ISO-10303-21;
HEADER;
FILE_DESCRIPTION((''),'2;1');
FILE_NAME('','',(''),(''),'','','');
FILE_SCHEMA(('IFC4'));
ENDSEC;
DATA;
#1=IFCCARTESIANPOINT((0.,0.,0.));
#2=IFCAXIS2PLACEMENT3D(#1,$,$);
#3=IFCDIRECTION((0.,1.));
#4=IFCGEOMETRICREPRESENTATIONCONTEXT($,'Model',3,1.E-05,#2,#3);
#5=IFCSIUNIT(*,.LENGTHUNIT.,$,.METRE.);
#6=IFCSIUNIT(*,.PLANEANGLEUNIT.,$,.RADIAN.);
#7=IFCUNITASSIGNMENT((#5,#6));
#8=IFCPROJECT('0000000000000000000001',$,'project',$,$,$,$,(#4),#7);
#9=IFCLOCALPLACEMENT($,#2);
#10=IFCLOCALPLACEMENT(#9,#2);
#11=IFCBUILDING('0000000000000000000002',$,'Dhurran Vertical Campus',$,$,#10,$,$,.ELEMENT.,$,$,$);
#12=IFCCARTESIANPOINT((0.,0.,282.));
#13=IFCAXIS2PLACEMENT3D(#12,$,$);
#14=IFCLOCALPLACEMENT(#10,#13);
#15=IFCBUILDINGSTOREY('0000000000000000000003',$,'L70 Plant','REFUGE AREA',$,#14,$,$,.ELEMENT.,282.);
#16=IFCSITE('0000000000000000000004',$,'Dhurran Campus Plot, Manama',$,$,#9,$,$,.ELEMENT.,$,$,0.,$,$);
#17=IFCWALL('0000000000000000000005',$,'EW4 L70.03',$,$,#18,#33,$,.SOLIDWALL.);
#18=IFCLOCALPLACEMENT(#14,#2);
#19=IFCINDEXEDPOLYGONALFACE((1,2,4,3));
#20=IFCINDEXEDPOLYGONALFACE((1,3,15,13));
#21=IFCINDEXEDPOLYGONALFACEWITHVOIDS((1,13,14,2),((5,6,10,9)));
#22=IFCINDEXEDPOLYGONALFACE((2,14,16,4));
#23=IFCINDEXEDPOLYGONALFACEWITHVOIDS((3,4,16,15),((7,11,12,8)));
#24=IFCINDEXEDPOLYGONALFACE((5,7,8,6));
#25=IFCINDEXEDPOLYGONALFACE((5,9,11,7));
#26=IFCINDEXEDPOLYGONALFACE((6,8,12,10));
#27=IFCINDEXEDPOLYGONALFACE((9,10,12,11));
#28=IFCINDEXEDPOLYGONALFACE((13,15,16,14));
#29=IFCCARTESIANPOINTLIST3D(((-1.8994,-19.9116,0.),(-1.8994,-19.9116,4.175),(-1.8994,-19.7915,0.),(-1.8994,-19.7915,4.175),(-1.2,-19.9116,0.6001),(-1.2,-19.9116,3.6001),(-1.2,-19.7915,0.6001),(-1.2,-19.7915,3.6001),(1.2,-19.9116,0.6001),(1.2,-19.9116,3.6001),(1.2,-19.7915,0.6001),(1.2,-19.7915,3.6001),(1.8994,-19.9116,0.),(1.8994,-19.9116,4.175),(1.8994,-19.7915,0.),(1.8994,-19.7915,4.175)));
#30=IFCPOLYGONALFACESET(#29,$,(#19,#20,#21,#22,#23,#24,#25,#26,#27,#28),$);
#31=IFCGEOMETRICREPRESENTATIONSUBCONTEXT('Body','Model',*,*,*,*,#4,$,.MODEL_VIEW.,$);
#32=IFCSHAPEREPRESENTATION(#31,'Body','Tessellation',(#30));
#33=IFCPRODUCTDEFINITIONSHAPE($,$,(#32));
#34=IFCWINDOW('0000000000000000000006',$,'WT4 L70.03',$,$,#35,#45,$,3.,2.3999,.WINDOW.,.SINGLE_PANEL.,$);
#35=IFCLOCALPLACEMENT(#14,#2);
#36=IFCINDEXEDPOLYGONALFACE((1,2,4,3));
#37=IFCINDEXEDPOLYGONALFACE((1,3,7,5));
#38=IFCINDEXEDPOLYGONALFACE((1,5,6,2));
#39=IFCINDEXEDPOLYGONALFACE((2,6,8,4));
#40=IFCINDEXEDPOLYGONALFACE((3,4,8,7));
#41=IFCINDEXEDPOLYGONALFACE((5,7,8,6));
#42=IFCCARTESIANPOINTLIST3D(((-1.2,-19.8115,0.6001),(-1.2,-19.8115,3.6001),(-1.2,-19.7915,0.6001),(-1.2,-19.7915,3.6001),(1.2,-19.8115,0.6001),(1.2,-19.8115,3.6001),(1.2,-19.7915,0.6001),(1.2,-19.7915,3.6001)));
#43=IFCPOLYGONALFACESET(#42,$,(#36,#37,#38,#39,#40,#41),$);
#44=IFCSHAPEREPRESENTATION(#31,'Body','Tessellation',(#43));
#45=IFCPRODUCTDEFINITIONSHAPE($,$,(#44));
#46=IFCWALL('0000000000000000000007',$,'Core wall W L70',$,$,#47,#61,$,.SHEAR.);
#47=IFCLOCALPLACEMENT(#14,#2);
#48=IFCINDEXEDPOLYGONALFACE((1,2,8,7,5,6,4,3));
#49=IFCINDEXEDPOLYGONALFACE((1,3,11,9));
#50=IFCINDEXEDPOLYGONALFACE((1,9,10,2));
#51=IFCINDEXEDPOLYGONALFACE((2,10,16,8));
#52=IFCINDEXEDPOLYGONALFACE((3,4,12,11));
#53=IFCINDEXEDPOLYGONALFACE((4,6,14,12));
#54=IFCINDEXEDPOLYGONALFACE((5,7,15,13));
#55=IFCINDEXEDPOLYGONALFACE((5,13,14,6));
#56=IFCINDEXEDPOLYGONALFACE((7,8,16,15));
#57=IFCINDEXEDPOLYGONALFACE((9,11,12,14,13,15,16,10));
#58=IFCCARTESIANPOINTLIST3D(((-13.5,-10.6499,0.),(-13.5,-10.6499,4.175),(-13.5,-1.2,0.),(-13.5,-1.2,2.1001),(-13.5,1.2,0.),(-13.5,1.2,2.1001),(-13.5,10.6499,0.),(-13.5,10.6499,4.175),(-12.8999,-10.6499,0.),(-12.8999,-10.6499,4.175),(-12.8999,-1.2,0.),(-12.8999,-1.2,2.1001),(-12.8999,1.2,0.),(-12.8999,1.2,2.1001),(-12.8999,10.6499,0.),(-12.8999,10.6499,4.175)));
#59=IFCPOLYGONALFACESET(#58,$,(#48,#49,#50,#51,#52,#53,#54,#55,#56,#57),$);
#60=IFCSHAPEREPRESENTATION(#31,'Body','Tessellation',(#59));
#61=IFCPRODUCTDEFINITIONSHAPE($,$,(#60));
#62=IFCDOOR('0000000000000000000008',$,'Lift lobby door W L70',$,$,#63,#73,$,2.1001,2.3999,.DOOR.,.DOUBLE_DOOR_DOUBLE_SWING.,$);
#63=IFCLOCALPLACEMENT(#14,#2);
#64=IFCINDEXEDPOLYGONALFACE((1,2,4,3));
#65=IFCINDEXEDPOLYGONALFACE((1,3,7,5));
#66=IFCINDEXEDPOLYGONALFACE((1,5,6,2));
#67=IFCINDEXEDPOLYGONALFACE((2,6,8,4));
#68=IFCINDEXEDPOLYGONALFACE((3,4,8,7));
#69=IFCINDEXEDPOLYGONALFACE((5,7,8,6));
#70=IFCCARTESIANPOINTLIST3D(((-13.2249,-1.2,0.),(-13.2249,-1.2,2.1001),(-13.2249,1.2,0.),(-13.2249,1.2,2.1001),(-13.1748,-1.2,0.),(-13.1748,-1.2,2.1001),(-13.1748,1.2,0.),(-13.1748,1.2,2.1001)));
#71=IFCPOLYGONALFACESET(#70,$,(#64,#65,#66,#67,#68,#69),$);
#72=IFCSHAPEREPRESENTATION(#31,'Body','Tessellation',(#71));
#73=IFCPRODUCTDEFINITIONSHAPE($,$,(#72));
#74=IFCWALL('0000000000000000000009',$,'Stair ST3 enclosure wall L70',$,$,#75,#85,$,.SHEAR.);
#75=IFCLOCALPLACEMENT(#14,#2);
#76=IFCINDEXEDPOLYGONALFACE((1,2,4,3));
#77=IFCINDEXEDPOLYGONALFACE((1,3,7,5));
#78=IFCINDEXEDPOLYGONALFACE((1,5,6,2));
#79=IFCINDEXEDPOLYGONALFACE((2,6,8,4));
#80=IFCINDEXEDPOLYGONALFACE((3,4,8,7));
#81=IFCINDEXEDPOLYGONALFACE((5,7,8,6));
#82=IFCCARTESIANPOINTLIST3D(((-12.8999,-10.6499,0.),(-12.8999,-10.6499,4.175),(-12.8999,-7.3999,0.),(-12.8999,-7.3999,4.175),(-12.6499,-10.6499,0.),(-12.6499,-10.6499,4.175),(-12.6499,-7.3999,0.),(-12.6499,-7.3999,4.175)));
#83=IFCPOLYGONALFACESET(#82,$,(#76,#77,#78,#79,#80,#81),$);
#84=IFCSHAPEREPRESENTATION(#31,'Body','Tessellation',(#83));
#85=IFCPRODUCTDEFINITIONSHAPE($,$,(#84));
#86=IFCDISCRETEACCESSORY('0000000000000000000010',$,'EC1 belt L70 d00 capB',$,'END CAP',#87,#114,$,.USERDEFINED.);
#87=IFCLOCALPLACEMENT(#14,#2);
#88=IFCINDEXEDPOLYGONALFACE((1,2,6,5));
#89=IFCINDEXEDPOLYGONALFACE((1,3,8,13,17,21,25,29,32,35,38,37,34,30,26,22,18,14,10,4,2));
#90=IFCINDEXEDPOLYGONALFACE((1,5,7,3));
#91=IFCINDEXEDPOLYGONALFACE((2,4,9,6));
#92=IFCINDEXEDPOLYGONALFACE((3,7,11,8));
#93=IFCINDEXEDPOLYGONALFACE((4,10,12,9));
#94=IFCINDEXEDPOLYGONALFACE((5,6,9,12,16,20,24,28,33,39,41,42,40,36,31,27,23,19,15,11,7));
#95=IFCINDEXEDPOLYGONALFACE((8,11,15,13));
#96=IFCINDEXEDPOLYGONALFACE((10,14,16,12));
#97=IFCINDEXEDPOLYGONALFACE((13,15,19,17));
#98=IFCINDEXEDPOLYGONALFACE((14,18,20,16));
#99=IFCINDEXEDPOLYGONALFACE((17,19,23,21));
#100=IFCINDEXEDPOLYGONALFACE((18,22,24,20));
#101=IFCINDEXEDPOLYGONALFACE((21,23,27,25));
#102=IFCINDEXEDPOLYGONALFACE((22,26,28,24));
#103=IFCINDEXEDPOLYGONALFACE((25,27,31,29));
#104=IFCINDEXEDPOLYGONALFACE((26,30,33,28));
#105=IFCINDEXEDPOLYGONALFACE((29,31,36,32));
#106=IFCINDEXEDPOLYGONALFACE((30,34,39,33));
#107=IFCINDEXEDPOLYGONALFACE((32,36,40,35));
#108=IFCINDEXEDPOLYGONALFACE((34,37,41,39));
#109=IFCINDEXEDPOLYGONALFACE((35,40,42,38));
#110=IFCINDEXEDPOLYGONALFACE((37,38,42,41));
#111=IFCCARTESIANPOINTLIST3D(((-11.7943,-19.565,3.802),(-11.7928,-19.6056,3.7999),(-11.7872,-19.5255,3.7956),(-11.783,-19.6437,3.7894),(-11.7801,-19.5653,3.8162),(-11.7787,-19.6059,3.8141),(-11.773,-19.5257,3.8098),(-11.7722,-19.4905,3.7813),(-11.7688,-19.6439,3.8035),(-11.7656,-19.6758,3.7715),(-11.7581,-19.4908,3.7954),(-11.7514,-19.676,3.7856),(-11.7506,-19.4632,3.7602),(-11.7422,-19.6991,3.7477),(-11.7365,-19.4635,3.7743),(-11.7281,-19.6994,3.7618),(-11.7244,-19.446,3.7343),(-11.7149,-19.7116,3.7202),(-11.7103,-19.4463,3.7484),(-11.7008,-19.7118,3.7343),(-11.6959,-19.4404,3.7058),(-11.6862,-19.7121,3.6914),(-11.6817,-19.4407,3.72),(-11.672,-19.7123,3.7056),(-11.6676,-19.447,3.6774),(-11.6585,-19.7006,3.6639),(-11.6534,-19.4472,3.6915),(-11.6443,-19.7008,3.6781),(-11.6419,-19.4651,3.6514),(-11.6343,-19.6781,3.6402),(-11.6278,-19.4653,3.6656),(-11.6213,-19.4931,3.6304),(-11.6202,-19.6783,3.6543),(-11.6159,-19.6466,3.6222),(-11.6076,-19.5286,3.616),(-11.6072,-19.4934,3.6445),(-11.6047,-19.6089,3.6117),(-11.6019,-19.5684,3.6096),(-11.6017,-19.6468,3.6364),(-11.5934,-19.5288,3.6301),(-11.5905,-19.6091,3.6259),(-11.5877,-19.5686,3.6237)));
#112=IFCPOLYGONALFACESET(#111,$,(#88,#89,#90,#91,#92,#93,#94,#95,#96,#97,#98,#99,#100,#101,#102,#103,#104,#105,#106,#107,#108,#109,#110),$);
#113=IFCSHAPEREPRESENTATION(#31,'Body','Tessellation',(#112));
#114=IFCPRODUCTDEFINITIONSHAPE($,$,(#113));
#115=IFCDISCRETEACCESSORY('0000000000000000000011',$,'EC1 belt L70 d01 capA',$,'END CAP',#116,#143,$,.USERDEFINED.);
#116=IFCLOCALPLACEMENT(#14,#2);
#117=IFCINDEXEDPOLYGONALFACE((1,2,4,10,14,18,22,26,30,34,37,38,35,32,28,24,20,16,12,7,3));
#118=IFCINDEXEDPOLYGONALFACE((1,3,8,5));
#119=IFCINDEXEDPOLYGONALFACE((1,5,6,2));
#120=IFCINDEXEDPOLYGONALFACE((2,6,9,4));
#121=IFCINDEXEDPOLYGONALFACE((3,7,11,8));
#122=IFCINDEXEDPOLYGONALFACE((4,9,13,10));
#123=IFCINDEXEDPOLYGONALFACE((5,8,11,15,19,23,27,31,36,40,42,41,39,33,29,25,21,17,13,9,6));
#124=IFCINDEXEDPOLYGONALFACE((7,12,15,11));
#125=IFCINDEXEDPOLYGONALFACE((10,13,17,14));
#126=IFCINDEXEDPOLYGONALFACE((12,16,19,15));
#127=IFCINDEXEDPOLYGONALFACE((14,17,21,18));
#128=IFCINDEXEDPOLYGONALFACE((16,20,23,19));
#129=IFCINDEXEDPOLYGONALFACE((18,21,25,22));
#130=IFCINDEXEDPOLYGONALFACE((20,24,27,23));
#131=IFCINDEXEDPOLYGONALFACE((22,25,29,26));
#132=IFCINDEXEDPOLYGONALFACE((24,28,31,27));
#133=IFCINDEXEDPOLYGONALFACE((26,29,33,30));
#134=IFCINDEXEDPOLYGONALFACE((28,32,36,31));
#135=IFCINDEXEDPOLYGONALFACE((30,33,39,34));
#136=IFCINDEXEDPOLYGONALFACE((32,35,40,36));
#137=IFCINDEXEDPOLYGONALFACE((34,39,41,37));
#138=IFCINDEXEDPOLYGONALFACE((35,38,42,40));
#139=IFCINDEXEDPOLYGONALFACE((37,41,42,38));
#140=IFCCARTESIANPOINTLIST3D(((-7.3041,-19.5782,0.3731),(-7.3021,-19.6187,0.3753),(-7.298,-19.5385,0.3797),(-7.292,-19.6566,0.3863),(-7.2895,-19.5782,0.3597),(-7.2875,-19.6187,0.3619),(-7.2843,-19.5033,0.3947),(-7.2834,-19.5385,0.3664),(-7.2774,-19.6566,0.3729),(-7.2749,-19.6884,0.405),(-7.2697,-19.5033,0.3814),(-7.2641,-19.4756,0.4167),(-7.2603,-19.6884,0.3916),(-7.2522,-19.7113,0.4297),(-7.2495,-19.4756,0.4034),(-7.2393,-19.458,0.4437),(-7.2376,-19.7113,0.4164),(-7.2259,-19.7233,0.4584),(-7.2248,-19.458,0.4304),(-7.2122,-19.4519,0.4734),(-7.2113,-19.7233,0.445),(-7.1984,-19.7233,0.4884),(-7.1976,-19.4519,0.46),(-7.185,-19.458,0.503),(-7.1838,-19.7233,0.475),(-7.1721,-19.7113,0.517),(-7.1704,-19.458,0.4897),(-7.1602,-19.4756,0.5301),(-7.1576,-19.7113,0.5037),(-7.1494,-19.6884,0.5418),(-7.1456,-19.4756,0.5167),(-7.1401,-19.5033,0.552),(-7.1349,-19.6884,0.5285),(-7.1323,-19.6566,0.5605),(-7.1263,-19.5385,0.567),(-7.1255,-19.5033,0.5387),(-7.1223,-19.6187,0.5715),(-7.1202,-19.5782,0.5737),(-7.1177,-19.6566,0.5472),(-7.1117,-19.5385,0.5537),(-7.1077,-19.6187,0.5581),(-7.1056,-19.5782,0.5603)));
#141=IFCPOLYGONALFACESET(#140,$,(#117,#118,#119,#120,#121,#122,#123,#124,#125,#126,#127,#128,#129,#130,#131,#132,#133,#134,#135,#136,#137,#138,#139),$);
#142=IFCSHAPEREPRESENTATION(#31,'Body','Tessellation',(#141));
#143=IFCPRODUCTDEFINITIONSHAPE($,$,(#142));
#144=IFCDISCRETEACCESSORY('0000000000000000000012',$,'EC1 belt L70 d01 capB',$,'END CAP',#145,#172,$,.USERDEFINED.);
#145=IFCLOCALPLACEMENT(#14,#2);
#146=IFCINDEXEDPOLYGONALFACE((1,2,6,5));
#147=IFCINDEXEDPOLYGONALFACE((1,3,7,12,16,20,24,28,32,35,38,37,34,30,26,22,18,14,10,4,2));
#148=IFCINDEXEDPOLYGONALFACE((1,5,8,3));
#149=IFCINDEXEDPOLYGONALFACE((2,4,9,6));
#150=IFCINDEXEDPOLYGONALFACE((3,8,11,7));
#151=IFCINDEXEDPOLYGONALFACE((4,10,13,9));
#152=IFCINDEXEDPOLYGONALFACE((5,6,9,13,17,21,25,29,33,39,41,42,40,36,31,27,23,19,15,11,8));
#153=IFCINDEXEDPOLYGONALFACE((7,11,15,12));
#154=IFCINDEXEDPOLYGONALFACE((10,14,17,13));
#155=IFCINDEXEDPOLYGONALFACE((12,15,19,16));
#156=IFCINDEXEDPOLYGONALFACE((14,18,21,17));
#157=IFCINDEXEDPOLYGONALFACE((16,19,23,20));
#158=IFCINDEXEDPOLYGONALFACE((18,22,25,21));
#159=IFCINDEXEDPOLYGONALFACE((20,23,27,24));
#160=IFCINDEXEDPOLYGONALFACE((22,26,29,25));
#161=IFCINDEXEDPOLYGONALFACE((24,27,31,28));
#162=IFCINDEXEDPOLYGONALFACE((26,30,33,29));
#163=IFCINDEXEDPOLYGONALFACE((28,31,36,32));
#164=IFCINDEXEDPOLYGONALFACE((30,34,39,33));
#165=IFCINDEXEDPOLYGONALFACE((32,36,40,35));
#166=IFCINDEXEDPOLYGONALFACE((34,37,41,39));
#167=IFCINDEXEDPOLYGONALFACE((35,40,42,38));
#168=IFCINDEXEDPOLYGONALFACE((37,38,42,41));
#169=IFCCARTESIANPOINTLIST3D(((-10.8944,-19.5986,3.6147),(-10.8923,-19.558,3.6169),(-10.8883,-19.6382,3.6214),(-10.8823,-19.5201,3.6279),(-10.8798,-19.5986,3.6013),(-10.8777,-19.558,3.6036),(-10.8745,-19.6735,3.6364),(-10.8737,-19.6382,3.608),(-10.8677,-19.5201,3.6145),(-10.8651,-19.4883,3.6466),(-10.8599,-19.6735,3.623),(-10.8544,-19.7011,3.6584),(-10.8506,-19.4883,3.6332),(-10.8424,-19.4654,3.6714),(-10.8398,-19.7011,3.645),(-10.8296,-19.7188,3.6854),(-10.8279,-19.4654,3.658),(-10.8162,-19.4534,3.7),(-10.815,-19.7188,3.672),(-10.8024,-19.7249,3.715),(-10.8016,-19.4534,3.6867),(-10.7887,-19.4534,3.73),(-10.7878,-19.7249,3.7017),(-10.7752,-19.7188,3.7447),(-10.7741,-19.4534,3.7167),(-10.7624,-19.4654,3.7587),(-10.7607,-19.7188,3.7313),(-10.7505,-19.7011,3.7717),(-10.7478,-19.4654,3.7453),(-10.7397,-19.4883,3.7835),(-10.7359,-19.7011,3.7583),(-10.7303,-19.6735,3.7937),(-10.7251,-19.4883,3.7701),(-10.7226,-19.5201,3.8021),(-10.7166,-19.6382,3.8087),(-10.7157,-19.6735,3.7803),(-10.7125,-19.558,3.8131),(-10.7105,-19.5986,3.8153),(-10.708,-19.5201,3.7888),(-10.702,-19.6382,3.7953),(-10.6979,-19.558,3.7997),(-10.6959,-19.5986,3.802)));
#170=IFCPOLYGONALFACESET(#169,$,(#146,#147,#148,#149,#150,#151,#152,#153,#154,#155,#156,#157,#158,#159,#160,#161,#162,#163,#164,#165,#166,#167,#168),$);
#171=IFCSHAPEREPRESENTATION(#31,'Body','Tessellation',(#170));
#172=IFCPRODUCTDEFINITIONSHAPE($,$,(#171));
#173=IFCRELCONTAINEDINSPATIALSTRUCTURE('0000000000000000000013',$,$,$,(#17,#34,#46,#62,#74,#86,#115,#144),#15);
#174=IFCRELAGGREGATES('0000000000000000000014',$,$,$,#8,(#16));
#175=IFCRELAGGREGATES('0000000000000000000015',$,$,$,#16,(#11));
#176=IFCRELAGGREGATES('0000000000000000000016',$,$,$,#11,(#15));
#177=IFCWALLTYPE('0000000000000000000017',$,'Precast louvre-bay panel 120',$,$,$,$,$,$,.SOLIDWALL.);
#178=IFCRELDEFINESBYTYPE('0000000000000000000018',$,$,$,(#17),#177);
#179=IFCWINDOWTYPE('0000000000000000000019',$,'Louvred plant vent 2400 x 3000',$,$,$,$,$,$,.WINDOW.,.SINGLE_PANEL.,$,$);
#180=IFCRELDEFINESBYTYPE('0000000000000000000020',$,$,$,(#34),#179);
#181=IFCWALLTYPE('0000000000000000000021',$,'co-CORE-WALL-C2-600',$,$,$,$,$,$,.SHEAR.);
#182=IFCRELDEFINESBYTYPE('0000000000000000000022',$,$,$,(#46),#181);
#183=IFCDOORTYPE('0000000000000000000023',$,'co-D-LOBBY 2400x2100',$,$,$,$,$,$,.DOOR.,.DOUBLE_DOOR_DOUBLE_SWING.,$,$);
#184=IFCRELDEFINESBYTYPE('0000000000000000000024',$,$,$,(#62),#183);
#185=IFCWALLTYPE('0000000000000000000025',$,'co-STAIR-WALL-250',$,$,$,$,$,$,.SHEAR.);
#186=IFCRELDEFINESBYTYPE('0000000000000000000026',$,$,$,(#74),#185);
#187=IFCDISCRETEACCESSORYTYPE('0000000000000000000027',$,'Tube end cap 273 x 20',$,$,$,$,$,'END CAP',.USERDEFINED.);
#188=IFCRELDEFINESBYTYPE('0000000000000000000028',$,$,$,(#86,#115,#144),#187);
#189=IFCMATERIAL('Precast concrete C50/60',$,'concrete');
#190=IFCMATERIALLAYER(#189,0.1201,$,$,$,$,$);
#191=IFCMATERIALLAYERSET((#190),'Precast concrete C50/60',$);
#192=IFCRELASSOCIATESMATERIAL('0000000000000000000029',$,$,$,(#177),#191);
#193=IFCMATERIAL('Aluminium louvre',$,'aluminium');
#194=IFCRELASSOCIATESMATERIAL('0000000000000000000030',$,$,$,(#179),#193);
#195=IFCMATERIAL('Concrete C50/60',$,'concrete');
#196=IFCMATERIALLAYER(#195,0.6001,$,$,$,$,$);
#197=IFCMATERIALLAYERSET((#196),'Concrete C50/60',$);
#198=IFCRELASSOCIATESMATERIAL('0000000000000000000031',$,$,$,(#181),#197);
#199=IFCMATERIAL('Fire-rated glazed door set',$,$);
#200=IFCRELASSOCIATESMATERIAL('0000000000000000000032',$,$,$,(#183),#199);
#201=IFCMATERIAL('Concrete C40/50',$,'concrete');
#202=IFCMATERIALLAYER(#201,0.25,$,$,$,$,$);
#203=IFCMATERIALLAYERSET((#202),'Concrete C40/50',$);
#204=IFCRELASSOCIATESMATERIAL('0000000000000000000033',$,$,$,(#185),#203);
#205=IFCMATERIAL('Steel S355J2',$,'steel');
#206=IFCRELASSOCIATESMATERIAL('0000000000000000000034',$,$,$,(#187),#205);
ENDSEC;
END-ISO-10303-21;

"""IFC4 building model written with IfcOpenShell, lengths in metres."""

from ifc_helpers import new_model, si_unit, direction, frame, frame_2d, origin, origin_2d, place, context, subcontext, project, spatial, rectangle, circle, extrude, material, layer, layer_set, material_profile, profile_set, type_object, element, fill, save


model = new_model("IFC4")

# Units and contexts
model_context = context("Model", 3, precision=1e-05, world=origin(), true_north=direction((0.0, 1.0)))
body_context = subcontext(model_context, "Body", "Model", "MODEL_VIEW")
ifc_project = project(units=[si_unit("LENGTHUNIT", "METRE"), si_unit("PLANEANGLEUNIT", "RADIAN")], contexts=[model_context])

# Site, building, storey
site_placement = place(None, origin())
site = spatial("IfcSite", under=ifc_project, at=site_placement, Name="Dhurran Campus Plot, Manama", CompositionType="ELEMENT", RefElevation=0.0)
building_placement = place(site_placement, origin())
building = spatial("IfcBuilding", under=site, at=building_placement, Name="Dhurran Vertical Campus", CompositionType="ELEMENT")
storey_placement = place(building_placement, frame((0.0, 0.0, 282.0)))
storey = spatial("IfcBuildingStorey", under=building, at=storey_placement, Name="L70 Plant", Description="REFUGE AREA", CompositionType="ELEMENT", Elevation=282.0)

# Wall, opening, window
ifc_material_1 = material(Name="Precast concrete C50/60", Category="concrete")
ifc_layer_1 = layer(ifc_material_1, 0.1201)
ifc_layer_set_1 = layer_set([ifc_layer_1], Name="Precast concrete C50/60")
wall_type_1 = type_object("IfcWallType", Name="Precast louvre-bay panel 120", PredefinedType="SOLIDWALL", material=ifc_layer_set_1)
ifc_material_2 = material(Name="Aluminium louvre", Category="aluminium")
window_type = type_object("IfcWindowType", Name="Louvred plant vent 2400 x 3000", PartitioningType="SINGLE_PANEL", PredefinedType="WINDOW", material=ifc_material_2)
wall_1_placement = place(storey_placement, frame((-1.8994, -19.8516, 0.0), z_axis=(0.0, 0.0, 1.0), x_axis=(1.0, 0.0, 0.0)))
wall_1 = element("IfcWall", 1, at=wall_1_placement, inside=storey, type_object=wall_type_1, Name="EW4 L70.03", PredefinedType="SOLIDWALL", context=body_context, shape_type="SweptSolid", body=[
    extrude(rectangle(XDim=3.7988, YDim=0.1201, at=frame_2d((1.8994, 0.0))), origin(), (0.0, 0.0, 1.0), 4.175),
])
opening_1_placement = place(wall_1_placement, frame((0.6995, 0.0, 0.6001)))
opening_1 = element("IfcOpeningElement", 2, at=opening_1_placement, cuts=wall_1, PredefinedType="OPENING", context=body_context, shape_type="SweptSolid", body=[
    extrude(rectangle(XDim=2.3999, YDim=3.0, at=frame_2d((1.2, 1.5))), frame((0.0, 0.0701, 0.0), z_axis=(0.0, -1.0, 0.0), x_axis=(1.0, 0.0, 0.0)), (0.0, 0.0, 1.0), 0.1401),
])
window_1_placement = place(opening_1_placement, origin())
window_1 = element("IfcWindow", 3, at=window_1_placement, inside=storey, type_object=window_type, Name="WT4 L70.03", OverallHeight=3.0, OverallWidth=2.3999, PartitioningType="SINGLE_PANEL", PredefinedType="WINDOW", context=body_context, shape_type="SweptSolid", body=[
    extrude(rectangle(XDim=2.3999, YDim=3.0, at=frame_2d((1.2, 1.5))), frame((0.0, 0.0601, 0.0), z_axis=(0.0, -1.0, 0.0), x_axis=(1.0, 0.0, 0.0)), (0.0, 0.0, 1.0), 0.02),
])
fill(opening_1, window_1)

# Wall, opening, door
ifc_material_3 = material(Name="Concrete C50/60", Category="concrete")
ifc_layer_2 = layer(ifc_material_3, 0.6001)
ifc_layer_set_2 = layer_set([ifc_layer_2], Name="Concrete C50/60")
wall_type_2 = type_object("IfcWallType", Name="co-CORE-WALL-C2-600", PredefinedType="SHEAR", material=ifc_layer_set_2)
wall_2_placement = place(storey_placement, frame((-13.2, -10.6499, 0.0), z_axis=(0.0, 0.0, 1.0), x_axis=(0.0, 1.0, 0.0)))
wall_2 = element("IfcWall", 4, at=wall_2_placement, inside=storey, type_object=wall_type_2, Name="Core wall W L70", PredefinedType="SHEAR", context=body_context, shape_type="SweptSolid", body=[
    extrude(rectangle(XDim=21.2998, YDim=0.6001, at=frame_2d((10.6499, 0.0))), origin(), (0.0, 0.0, 1.0), 4.175),
])
opening_2_placement = place(wall_2_placement, frame((9.45, 0.0, 0.0)))
opening_2 = element("IfcOpeningElement", 5, at=opening_2_placement, cuts=wall_2, PredefinedType="OPENING", context=body_context, shape_type="SweptSolid", body=[
    extrude(rectangle(XDim=2.3999, YDim=2.1001, at=frame_2d((1.2, 1.05))), frame((0.0, 0.3101, 0.0), z_axis=(0.0, -1.0, 0.0), x_axis=(1.0, 0.0, 0.0)), (0.0, 0.0, 1.0), 0.6201),
])
ifc_material_4 = material(Name="Fire-rated glazed door set")
door_type = type_object("IfcDoorType", Name="co-D-LOBBY 2400x2100", OperationType="DOUBLE_DOOR_DOUBLE_SWING", PredefinedType="DOOR", material=ifc_material_4)
door_placement = place(opening_2_placement, origin())
door = element("IfcDoor", 6, at=door_placement, inside=storey, type_object=door_type, Name="Lift lobby door W L70", OperationType="DOUBLE_DOOR_DOUBLE_SWING", OverallHeight=2.1001, OverallWidth=2.3999, PredefinedType="DOOR", context=body_context, shape_type="SweptSolid", body=[
    extrude(rectangle(XDim=2.3999, YDim=2.1001, at=frame_2d((1.2, 1.05))), frame((0.0, 0.0249, 0.0), z_axis=(0.0, -1.0, 0.0), x_axis=(1.0, 0.0, 0.0)), (0.0, 0.0, 1.0), 0.05),
])
fill(opening_2, door)

# Wall
ifc_material_5 = material(Name="Concrete C40/50", Category="concrete")
ifc_layer_3 = layer(ifc_material_5, 0.25)
ifc_layer_set_3 = layer_set([ifc_layer_3], Name="Concrete C40/50")
wall_type_3 = type_object("IfcWallType", Name="co-STAIR-WALL-250", PredefinedType="SHEAR", material=ifc_layer_set_3)
wall_3_placement = place(storey_placement, frame((-12.7749, -10.6499, 0.0), z_axis=(0.0, 0.0, 1.0), x_axis=(0.0, 1.0, 0.0)))
element("IfcWall", 7, at=wall_3_placement, inside=storey, type_object=wall_type_3, Name="Stair ST3 enclosure wall L70", PredefinedType="SHEAR", context=body_context, shape_type="SweptSolid", body=[
    extrude(rectangle(XDim=3.25, YDim=0.25, at=frame_2d((1.625, 0.0))), origin(), (0.0, 0.0, 1.0), 4.175),
])

# Discrete accessories
ifc_material_6 = material(Name="Steel S355J2", Category="steel")
ifc_material_profile_1 = material_profile(ifc_material_6, circle(Radius=0.1365, at=origin_2d()), Name="Tube end cap 273 x 20")
ifc_profile_set_1 = profile_set([ifc_material_profile_1], Name="Steel S355J2")
discrete_accessory_type = type_object("IfcDiscreteAccessoryType", Name="Tube end cap 273 x 20", ElementType="END CAP", PredefinedType="USERDEFINED", material=ifc_profile_set_1)
discrete_accessory_placement = place(storey_placement, frame((-11.6982, -19.5769, 3.7058), z_axis=(0.707054, -0.012191, 0.707054), x_axis=(0.017239, 0.999851, 0.0)))
element("IfcDiscreteAccessory", 8, at=discrete_accessory_placement, inside=storey, type_object=discrete_accessory_type, Name="EC1 belt L70 d00 capB", ObjectType="END CAP", PredefinedType="USERDEFINED", context=body_context, shape_type="SweptSolid", body=[
    extrude(circle(Radius=0.1365, at=origin_2d()), origin(), (0.0, 0.0, 1.0), 0.02),
])
for number, where, z_axis, x_axis, name in (
    (9, (-7.2122, -19.5884, 0.4734), (0.737154, 0.0, -0.675725), (0.0, 1.0, 0.0), "EC1 belt L70 d01 capA"),
    (10, (-10.7878, -19.5884, 3.7017), (-0.737154, 0.0, 0.675725), (0.0, -1.0, 0.0), "EC1 belt L70 d01 capB"),
):
    element("IfcDiscreteAccessory", number, at=place(storey_placement, frame(where, z_axis=z_axis, x_axis=x_axis)), inside=storey, type_object=discrete_accessory_type, Name=name, ObjectType="END CAP", PredefinedType="USERDEFINED", context=body_context, shape_type="SweptSolid", body=[
        extrude(circle(Radius=0.1365, at=origin_2d()), origin(), (0.0, 0.0, 1.0), 0.0198),
    ])

save(model, "model.ifc")
